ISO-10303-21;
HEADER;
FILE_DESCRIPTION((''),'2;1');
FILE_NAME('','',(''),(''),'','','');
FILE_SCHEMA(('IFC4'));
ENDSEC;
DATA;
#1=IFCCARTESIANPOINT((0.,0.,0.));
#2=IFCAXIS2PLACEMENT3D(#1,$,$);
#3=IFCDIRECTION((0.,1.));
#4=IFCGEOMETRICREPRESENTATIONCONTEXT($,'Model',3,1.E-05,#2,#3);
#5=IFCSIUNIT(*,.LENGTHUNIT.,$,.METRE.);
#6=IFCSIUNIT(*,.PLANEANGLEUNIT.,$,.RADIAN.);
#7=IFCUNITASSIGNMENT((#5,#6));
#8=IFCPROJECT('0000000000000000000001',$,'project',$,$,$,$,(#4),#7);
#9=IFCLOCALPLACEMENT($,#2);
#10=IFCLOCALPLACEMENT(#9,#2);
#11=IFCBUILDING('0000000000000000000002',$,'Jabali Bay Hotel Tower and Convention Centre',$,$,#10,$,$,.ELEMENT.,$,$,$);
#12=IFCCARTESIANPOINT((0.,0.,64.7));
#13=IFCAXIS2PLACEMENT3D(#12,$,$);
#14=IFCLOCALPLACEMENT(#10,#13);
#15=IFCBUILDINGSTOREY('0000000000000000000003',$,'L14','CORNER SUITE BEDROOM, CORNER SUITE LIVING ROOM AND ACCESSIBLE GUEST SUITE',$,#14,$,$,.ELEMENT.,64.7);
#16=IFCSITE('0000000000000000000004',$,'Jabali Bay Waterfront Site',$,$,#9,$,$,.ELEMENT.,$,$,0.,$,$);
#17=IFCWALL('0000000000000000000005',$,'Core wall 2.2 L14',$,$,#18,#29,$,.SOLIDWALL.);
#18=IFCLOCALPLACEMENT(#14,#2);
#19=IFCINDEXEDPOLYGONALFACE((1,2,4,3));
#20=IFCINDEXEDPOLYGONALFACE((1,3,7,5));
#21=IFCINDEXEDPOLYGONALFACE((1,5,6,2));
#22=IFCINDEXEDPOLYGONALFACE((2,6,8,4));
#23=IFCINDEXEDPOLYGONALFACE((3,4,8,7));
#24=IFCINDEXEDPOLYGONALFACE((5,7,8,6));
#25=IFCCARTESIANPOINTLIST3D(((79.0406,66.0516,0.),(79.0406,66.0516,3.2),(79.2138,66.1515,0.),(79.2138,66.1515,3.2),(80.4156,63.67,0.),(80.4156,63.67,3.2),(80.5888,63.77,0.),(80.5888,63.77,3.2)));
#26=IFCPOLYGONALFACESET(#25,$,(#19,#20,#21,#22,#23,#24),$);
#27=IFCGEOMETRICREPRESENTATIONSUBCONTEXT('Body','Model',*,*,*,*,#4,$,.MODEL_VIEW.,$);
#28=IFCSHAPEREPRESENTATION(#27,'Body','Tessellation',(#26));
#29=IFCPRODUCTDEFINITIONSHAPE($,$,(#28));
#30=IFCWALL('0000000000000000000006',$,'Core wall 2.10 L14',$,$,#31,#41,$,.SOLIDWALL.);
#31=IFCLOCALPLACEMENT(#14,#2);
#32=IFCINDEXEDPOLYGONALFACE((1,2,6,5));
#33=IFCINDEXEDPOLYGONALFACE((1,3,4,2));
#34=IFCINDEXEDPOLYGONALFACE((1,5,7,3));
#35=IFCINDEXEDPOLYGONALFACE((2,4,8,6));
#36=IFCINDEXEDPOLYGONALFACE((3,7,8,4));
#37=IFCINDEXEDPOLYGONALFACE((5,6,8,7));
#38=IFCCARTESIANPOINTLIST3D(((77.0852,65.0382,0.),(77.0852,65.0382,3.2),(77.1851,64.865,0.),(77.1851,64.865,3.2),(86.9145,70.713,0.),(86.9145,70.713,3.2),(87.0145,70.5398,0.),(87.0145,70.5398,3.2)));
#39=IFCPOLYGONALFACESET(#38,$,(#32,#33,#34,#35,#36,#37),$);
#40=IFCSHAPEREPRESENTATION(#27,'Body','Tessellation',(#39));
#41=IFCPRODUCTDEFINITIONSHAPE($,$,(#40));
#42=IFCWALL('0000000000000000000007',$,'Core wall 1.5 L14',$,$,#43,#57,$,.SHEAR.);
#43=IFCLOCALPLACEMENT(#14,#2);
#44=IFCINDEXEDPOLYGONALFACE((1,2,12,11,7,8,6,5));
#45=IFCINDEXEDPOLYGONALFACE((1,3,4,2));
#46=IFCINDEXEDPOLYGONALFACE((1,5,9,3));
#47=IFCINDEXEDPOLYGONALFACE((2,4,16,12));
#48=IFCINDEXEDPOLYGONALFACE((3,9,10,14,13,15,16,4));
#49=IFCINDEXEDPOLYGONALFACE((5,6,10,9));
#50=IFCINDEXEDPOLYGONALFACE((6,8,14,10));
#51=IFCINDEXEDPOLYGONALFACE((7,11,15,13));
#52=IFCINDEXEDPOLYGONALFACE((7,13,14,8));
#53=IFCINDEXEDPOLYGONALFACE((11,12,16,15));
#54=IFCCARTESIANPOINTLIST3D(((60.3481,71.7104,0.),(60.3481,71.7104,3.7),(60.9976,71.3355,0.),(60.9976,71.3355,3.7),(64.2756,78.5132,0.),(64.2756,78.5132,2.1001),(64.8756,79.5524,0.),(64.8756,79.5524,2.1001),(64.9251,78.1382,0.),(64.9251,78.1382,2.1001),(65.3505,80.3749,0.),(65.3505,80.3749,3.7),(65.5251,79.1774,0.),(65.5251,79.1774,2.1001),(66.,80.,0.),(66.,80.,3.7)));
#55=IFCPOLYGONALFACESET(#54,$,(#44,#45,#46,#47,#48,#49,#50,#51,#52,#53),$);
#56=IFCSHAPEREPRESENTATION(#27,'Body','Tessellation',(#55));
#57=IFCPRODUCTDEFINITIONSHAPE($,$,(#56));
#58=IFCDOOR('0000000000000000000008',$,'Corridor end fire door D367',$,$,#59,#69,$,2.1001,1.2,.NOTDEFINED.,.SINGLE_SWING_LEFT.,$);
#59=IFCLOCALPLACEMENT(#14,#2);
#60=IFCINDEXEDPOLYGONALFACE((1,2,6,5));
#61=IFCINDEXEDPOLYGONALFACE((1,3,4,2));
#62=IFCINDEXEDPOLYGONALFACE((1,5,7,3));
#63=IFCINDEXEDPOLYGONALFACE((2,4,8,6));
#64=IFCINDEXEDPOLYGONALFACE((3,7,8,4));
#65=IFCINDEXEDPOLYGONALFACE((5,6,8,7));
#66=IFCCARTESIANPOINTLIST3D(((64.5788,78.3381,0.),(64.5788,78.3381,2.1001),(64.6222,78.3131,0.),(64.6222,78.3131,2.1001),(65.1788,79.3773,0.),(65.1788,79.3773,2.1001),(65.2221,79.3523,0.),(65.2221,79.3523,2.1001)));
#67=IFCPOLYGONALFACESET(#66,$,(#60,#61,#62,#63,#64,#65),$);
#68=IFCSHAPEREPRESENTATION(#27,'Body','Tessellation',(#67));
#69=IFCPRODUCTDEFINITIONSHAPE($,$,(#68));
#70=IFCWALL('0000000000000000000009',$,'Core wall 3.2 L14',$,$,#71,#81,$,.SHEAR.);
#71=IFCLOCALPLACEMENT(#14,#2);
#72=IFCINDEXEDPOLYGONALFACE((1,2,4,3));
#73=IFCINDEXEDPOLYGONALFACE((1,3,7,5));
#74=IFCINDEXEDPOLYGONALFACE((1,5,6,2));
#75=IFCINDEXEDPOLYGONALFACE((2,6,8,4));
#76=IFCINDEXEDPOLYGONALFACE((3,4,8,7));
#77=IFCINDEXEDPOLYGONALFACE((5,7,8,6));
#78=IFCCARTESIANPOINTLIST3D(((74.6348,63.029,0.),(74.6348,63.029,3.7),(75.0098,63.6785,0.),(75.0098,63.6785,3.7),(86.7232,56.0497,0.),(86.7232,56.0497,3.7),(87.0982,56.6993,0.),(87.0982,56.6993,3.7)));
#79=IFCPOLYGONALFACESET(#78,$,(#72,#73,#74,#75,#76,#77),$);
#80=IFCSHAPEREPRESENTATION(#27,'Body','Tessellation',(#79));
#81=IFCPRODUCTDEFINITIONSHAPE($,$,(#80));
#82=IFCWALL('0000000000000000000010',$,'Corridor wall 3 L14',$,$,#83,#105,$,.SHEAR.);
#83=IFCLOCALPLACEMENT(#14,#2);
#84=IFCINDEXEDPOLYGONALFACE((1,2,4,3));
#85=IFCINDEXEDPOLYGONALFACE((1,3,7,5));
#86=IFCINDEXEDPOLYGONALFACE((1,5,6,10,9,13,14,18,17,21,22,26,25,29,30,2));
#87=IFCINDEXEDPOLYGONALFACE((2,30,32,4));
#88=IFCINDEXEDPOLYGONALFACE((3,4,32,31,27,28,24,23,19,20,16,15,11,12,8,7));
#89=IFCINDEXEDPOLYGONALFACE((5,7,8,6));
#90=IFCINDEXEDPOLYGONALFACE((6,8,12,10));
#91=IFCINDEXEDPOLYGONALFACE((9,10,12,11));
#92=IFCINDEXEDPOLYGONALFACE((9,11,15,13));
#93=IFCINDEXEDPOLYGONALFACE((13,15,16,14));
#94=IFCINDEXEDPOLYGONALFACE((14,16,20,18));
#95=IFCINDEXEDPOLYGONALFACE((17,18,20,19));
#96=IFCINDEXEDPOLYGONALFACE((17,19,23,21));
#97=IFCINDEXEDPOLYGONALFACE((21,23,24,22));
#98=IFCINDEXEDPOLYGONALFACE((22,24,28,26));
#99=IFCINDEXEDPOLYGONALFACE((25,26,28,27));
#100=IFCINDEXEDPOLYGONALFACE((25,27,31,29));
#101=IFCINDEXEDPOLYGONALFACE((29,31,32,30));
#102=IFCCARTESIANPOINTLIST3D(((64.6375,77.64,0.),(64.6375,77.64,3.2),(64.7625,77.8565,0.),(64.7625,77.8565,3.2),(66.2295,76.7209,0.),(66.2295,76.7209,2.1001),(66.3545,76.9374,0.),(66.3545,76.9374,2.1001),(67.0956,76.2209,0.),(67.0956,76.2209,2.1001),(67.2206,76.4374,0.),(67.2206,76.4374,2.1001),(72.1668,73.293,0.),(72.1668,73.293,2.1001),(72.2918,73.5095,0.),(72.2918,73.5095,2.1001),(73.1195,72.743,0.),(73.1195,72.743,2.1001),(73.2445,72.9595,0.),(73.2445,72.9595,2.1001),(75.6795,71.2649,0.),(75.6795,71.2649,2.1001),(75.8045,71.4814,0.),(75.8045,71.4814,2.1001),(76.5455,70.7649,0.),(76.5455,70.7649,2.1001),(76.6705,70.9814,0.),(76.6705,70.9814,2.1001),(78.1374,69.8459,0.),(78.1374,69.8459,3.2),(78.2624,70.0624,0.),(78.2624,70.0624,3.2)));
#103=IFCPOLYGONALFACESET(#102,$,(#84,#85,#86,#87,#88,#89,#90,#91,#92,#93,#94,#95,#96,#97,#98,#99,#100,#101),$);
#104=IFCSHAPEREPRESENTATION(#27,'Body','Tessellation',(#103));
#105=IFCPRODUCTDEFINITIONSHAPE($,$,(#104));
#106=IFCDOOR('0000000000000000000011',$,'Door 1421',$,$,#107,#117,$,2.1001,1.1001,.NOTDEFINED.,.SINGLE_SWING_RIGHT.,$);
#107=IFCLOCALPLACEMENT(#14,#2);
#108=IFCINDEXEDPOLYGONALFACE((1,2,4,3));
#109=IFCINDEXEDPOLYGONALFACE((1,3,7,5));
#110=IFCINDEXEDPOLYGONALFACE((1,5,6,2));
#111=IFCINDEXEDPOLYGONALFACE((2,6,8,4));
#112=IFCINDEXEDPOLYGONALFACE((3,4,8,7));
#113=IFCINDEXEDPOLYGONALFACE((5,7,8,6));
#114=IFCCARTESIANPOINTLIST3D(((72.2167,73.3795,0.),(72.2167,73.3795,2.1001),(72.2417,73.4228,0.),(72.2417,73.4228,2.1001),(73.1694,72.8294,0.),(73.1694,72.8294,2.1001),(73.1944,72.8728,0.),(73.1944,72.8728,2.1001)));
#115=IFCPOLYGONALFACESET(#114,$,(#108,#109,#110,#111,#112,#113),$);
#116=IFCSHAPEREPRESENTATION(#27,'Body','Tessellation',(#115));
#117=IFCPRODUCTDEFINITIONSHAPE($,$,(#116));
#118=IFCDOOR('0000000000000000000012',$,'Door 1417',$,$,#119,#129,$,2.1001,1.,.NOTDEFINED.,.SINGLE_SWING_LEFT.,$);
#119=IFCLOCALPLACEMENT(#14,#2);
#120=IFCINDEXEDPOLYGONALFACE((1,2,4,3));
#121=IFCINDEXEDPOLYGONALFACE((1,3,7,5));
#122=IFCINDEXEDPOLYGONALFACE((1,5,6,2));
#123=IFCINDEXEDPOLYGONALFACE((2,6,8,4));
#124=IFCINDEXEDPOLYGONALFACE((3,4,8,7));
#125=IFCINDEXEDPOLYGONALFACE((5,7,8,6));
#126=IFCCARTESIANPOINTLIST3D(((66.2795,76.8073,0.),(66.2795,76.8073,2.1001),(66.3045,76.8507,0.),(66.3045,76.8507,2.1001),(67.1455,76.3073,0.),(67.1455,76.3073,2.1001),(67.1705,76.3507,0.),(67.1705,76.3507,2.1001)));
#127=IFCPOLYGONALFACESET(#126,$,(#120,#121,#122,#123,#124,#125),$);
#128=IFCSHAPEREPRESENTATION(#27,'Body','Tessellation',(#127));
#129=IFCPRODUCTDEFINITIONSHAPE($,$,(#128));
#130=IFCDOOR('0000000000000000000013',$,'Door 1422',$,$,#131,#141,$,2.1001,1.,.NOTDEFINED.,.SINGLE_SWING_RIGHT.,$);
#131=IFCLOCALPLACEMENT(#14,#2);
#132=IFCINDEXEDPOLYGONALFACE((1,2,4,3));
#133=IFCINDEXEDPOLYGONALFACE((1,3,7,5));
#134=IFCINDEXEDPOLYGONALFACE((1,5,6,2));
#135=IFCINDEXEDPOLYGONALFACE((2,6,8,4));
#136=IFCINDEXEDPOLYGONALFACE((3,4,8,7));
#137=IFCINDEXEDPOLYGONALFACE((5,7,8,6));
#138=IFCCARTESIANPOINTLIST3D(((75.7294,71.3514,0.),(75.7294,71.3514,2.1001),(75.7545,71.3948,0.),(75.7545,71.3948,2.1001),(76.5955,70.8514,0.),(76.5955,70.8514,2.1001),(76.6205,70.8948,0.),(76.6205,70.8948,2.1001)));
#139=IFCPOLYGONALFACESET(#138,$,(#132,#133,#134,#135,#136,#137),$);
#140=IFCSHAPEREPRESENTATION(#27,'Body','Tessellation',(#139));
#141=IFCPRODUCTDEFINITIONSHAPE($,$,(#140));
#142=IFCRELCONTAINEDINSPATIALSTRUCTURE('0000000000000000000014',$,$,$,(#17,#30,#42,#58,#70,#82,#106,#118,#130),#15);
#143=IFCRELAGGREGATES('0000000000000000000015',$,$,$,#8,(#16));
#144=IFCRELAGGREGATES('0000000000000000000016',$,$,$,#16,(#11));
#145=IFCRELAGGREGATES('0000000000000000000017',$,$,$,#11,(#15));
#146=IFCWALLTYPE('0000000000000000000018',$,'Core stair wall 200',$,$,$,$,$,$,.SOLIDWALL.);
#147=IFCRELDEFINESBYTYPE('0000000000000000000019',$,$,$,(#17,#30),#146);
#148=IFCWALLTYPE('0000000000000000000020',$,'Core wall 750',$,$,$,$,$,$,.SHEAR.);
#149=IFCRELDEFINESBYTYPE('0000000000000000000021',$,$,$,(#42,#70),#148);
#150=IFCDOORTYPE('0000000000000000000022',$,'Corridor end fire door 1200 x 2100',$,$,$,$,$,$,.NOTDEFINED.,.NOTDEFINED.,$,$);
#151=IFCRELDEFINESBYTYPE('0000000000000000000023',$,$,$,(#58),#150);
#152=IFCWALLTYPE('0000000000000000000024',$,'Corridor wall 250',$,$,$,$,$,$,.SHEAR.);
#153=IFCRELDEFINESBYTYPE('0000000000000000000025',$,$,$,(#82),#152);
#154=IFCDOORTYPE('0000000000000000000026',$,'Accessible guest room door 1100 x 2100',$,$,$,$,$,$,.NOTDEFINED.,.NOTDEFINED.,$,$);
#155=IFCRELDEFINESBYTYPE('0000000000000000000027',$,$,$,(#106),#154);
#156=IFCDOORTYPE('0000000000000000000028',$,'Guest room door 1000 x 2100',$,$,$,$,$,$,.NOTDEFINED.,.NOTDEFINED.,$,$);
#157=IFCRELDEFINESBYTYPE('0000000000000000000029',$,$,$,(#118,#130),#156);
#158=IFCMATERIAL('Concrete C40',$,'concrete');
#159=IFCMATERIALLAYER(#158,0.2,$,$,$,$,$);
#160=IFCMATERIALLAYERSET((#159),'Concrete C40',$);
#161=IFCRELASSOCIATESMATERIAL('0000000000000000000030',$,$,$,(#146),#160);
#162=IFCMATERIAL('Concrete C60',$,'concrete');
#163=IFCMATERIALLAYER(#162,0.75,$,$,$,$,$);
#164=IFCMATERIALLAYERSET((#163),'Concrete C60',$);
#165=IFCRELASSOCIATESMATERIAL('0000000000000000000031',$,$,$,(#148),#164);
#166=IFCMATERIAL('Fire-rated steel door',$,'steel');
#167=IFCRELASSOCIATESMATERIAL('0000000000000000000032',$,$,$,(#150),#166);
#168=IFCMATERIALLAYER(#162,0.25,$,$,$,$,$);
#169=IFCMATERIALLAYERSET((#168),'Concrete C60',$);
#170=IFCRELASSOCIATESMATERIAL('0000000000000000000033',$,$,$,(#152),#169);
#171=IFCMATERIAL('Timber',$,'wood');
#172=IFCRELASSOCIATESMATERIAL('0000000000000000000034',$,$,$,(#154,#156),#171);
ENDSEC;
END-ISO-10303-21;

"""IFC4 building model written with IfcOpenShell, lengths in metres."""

from ifc_helpers import new_model, si_unit, direction, frame, frame_2d, origin, place, context, subcontext, project, spatial, rectangle, extrude, material, layer, layer_set, type_object, element, fill, save


model = new_model("IFC4")

# Units and contexts
model_context = context("Model", 3, precision=1e-05, world=origin(), true_north=direction((0.0, 1.0)))
body_context = subcontext(model_context, "Body", "Model", "MODEL_VIEW")
ifc_project = project(units=[si_unit("LENGTHUNIT", "METRE"), si_unit("PLANEANGLEUNIT", "RADIAN")], contexts=[model_context])

# Site, building, storey
site_placement = place(None, origin())
site = spatial("IfcSite", under=ifc_project, at=site_placement, Name="Jabali Bay Waterfront Site", CompositionType="ELEMENT", RefElevation=0.0)
building_placement = place(site_placement, origin())
building = spatial("IfcBuilding", under=site, at=building_placement, Name="Jabali Bay Hotel Tower and Convention Centre", CompositionType="ELEMENT")
storey_placement = place(building_placement, frame((0.0, 0.0, 64.7)))
storey = spatial("IfcBuildingStorey", under=building, at=storey_placement, Name="L14", Description="CORNER SUITE BEDROOM, CORNER SUITE LIVING ROOM AND ACCESSIBLE GUEST SUITE", CompositionType="ELEMENT", Elevation=64.7)

# Shared definitions
ifc_material_1 = material(Name="Concrete C40", Category="concrete")
ifc_material_2 = material(Name="Fire-rated steel door", Category="steel")

# Shared definitions
ifc_layer_1 = layer(ifc_material_1, 0.2)
ifc_layer_set_1 = layer_set([ifc_layer_1], Name="Concrete C40")
wall_type_1 = type_object("IfcWallType", Name="Core stair wall 200", PredefinedType="SOLIDWALL", material=ifc_layer_set_1)

# Walls
for number, where, z_axis, x_axis, name in (
    (1, (79.1272, 66.1016, 0.0), (0.0, 0.0, 1.0), (0.499997, -0.866027, 0.0), "Core wall 2.2 L14"),
):
    element("IfcWall", number, at=place(storey_placement, frame(where, z_axis=z_axis, x_axis=x_axis)), inside=storey, type_object=wall_type_1, Name=name, PredefinedType="SOLIDWALL", context=body_context, shape_type="SweptSolid", body=[
        extrude(rectangle(XDim=2.75, YDim=0.2, at=frame_2d((1.375, 0.0))), origin(), (0.0, 0.0, 1.0), 3.2),
    ])
wall_1_placement = place(storey_placement, frame((77.1353, 64.9517, 0.0), z_axis=(0.0, 0.0, 1.0), x_axis=(0.866032, 0.499989, 0.0)))
element("IfcWall", 2, at=wall_1_placement, inside=storey, type_object=wall_type_1, Name="Core wall 2.10 L14", PredefinedType="SOLIDWALL", context=body_context, shape_type="SweptSolid", body=[
    extrude(rectangle(XDim=11.3499, YDim=0.2, at=frame_2d((5.6748, 0.0))), origin(), (0.0, 0.0, 1.0), 3.2),
])

# Wall, opening, door
ifc_material_3 = material(Name="Concrete C60", Category="concrete")
ifc_layer_2 = layer(ifc_material_3, 0.75)
ifc_layer_set_2 = layer_set([ifc_layer_2], Name="Concrete C60")
wall_type_2 = type_object("IfcWallType", Name="Core wall 750", PredefinedType="SHEAR", material=ifc_layer_set_2)
wall_2_placement = place(storey_placement, frame((60.6729, 71.5229, 0.0), z_axis=(0.0, 0.0, 1.0), x_axis=(0.499997, 0.866027, 0.0)))
wall_2 = element("IfcWall", 3, at=wall_2_placement, inside=storey, type_object=wall_type_2, Name="Core wall 1.5 L14", PredefinedType="SHEAR", context=body_context, shape_type="SweptSolid", body=[
    extrude(rectangle(XDim=10.0049, YDim=0.75, at=frame_2d((5.0024, 0.0))), origin(), (0.0, 0.0, 1.0), 3.7),
])
opening_1_placement = place(wall_2_placement, frame((7.855, 0.0, 0.0)))
opening_1 = element("IfcOpeningElement", 4, at=opening_1_placement, cuts=wall_2, PredefinedType="OPENING", context=body_context, shape_type="SweptSolid", body=[
    extrude(rectangle(XDim=1.2, YDim=2.1001, at=frame_2d((0.6001, 1.05))), frame((0.0, 0.3855, 0.0), z_axis=(0.0, -1.0, 0.0), x_axis=(1.0, 0.0, 0.0)), (0.0, 0.0, 1.0), 0.771),
])
door_type_1 = type_object("IfcDoorType", Name="Corridor end fire door 1200 x 2100", OperationType="NOTDEFINED", PredefinedType="NOTDEFINED", material=ifc_material_2)
door_1_placement = place(opening_1_placement, origin())
door_1 = element("IfcDoor", 5, at=door_1_placement, inside=storey, type_object=door_type_1, Name="Corridor end fire door D367", OperationType="SINGLE_SWING_LEFT", OverallHeight=2.1001, OverallWidth=1.2, PredefinedType="NOTDEFINED", context=body_context, shape_type="SweptSolid", body=[
    extrude(rectangle(XDim=1.2, YDim=2.1001, at=frame_2d((0.6001, 1.05))), frame((0.0, 0.0249, 0.0), z_axis=(0.0, -1.0, 0.0), x_axis=(1.0, 0.0, 0.0)), (0.0, 0.0, 1.0), 0.05),
])
fill(opening_1, door_1)

# Wall
wall_3_placement = place(storey_placement, frame((74.8223, 63.3538, 0.0), z_axis=(0.0, 0.0, 1.0), x_axis=(0.866025, -0.500001, 0.0)))
element("IfcWall", 6, at=wall_3_placement, inside=storey, type_object=wall_type_2, Name="Core wall 3.2 L14", PredefinedType="SHEAR", context=body_context, shape_type="SweptSolid", body=[
    extrude(rectangle(XDim=13.9585, YDim=0.75, at=frame_2d((6.9792, 0.0))), origin(), (0.0, 0.0, 1.0), 3.7),
])

# Wall, openings, doors
ifc_layer_3 = layer(ifc_material_3, 0.25)
ifc_layer_set_3 = layer_set([ifc_layer_3], Name="Concrete C60")
wall_type_3 = type_object("IfcWallType", Name="Corridor wall 250", PredefinedType="SHEAR", material=ifc_layer_set_3)
wall_4_placement = place(storey_placement, frame((64.7, 77.7483, 0.0), z_axis=(0.0, 0.0, 1.0), x_axis=(0.866026, -0.499998, 0.0)))
wall_4 = element("IfcWall", 7, at=wall_4_placement, inside=storey, type_object=wall_type_3, Name="Corridor wall 3 L14", PredefinedType="SHEAR", context=body_context, shape_type="SweptSolid", body=[
    extrude(rectangle(XDim=15.5884, YDim=0.25, at=frame_2d((7.7942, 0.0))), origin(), (0.0, 0.0, 1.0), 3.2),
])
opening_2_placement = place(wall_4_placement, frame((1.8384, 0.0, 0.0)))
opening_2 = element("IfcOpeningElement", 8, at=opening_2_placement, cuts=wall_4, PredefinedType="OPENING", context=body_context, shape_type="SweptSolid", body=[
    extrude(rectangle(XDim=1.0, YDim=2.1001, at=frame_2d((0.5, 1.05))), frame((0.0, 0.1355, 0.0), z_axis=(0.0, -1.0, 0.0), x_axis=(1.0, 0.0, 0.0)), (0.0, 0.0, 1.0), 0.271),
])
opening_3_placement = place(wall_4_placement, frame((8.6941, 0.0, 0.0)))
opening_3 = element("IfcOpeningElement", 9, at=opening_3_placement, cuts=wall_4, PredefinedType="OPENING", context=body_context, shape_type="SweptSolid", body=[
    extrude(rectangle(XDim=1.1001, YDim=2.1001, at=frame_2d((0.55, 1.05))), frame((0.0, 0.1355, 0.0), z_axis=(0.0, -1.0, 0.0), x_axis=(1.0, 0.0, 0.0)), (0.0, 0.0, 1.0), 0.271),
])
opening_4_placement = place(wall_4_placement, frame((12.7502, 0.0, 0.0)))
opening_4 = element("IfcOpeningElement", 10, at=opening_4_placement, cuts=wall_4, PredefinedType="OPENING", context=body_context, shape_type="SweptSolid", body=[
    extrude(rectangle(XDim=1.0, YDim=2.1001, at=frame_2d((0.5, 1.05))), frame((0.0, 0.1355, 0.0), z_axis=(0.0, -1.0, 0.0), x_axis=(1.0, 0.0, 0.0)), (0.0, 0.0, 1.0), 0.271),
])
ifc_material_4 = material(Name="Timber", Category="wood")
door_type_2 = type_object("IfcDoorType", Name="Accessible guest room door 1100 x 2100", OperationType="NOTDEFINED", PredefinedType="NOTDEFINED", material=ifc_material_4)
door_2_placement = place(opening_3_placement, origin())
door_2 = element("IfcDoor", 11, at=door_2_placement, inside=storey, type_object=door_type_2, Name="Door 1421", OperationType="SINGLE_SWING_RIGHT", OverallHeight=2.1001, OverallWidth=1.1001, PredefinedType="NOTDEFINED", context=body_context, shape_type="SweptSolid", body=[
    extrude(rectangle(XDim=1.1001, YDim=2.1001, at=frame_2d((0.55, 1.05))), frame((0.0, 0.0249, 0.0), z_axis=(0.0, -1.0, 0.0), x_axis=(1.0, 0.0, 0.0)), (0.0, 0.0, 1.0), 0.05),
])
fill(opening_3, door_2)
door_type_3 = type_object("IfcDoorType", Name="Guest room door 1000 x 2100", OperationType="NOTDEFINED", PredefinedType="NOTDEFINED", material=ifc_material_4)
door_3_placement = place(opening_2_placement, origin())
door_3 = element("IfcDoor", 12, at=door_3_placement, inside=storey, type_object=door_type_3, Name="Door 1417", OperationType="SINGLE_SWING_LEFT", OverallHeight=2.1001, OverallWidth=1.0, PredefinedType="NOTDEFINED", context=body_context, shape_type="SweptSolid", body=[
    extrude(rectangle(XDim=1.0, YDim=2.1001, at=frame_2d((0.5, 1.05))), frame((0.0, 0.0249, 0.0), z_axis=(0.0, -1.0, 0.0), x_axis=(1.0, 0.0, 0.0)), (0.0, 0.0, 1.0), 0.05),
])
fill(opening_2, door_3)
door_4_placement = place(opening_4_placement, origin())
door_4 = element("IfcDoor", 13, at=door_4_placement, inside=storey, type_object=door_type_3, Name="Door 1422", OperationType="SINGLE_SWING_RIGHT", OverallHeight=2.1001, OverallWidth=1.0, PredefinedType="NOTDEFINED", context=body_context, shape_type="SweptSolid", body=[
    extrude(rectangle(XDim=1.0, YDim=2.1001, at=frame_2d((0.5, 1.05))), frame((0.0, 0.0249, 0.0), z_axis=(0.0, -1.0, 0.0), x_axis=(1.0, 0.0, 0.0)), (0.0, 0.0, 1.0), 0.05),
])
fill(opening_4, door_4)

save(model, "model.ifc")
